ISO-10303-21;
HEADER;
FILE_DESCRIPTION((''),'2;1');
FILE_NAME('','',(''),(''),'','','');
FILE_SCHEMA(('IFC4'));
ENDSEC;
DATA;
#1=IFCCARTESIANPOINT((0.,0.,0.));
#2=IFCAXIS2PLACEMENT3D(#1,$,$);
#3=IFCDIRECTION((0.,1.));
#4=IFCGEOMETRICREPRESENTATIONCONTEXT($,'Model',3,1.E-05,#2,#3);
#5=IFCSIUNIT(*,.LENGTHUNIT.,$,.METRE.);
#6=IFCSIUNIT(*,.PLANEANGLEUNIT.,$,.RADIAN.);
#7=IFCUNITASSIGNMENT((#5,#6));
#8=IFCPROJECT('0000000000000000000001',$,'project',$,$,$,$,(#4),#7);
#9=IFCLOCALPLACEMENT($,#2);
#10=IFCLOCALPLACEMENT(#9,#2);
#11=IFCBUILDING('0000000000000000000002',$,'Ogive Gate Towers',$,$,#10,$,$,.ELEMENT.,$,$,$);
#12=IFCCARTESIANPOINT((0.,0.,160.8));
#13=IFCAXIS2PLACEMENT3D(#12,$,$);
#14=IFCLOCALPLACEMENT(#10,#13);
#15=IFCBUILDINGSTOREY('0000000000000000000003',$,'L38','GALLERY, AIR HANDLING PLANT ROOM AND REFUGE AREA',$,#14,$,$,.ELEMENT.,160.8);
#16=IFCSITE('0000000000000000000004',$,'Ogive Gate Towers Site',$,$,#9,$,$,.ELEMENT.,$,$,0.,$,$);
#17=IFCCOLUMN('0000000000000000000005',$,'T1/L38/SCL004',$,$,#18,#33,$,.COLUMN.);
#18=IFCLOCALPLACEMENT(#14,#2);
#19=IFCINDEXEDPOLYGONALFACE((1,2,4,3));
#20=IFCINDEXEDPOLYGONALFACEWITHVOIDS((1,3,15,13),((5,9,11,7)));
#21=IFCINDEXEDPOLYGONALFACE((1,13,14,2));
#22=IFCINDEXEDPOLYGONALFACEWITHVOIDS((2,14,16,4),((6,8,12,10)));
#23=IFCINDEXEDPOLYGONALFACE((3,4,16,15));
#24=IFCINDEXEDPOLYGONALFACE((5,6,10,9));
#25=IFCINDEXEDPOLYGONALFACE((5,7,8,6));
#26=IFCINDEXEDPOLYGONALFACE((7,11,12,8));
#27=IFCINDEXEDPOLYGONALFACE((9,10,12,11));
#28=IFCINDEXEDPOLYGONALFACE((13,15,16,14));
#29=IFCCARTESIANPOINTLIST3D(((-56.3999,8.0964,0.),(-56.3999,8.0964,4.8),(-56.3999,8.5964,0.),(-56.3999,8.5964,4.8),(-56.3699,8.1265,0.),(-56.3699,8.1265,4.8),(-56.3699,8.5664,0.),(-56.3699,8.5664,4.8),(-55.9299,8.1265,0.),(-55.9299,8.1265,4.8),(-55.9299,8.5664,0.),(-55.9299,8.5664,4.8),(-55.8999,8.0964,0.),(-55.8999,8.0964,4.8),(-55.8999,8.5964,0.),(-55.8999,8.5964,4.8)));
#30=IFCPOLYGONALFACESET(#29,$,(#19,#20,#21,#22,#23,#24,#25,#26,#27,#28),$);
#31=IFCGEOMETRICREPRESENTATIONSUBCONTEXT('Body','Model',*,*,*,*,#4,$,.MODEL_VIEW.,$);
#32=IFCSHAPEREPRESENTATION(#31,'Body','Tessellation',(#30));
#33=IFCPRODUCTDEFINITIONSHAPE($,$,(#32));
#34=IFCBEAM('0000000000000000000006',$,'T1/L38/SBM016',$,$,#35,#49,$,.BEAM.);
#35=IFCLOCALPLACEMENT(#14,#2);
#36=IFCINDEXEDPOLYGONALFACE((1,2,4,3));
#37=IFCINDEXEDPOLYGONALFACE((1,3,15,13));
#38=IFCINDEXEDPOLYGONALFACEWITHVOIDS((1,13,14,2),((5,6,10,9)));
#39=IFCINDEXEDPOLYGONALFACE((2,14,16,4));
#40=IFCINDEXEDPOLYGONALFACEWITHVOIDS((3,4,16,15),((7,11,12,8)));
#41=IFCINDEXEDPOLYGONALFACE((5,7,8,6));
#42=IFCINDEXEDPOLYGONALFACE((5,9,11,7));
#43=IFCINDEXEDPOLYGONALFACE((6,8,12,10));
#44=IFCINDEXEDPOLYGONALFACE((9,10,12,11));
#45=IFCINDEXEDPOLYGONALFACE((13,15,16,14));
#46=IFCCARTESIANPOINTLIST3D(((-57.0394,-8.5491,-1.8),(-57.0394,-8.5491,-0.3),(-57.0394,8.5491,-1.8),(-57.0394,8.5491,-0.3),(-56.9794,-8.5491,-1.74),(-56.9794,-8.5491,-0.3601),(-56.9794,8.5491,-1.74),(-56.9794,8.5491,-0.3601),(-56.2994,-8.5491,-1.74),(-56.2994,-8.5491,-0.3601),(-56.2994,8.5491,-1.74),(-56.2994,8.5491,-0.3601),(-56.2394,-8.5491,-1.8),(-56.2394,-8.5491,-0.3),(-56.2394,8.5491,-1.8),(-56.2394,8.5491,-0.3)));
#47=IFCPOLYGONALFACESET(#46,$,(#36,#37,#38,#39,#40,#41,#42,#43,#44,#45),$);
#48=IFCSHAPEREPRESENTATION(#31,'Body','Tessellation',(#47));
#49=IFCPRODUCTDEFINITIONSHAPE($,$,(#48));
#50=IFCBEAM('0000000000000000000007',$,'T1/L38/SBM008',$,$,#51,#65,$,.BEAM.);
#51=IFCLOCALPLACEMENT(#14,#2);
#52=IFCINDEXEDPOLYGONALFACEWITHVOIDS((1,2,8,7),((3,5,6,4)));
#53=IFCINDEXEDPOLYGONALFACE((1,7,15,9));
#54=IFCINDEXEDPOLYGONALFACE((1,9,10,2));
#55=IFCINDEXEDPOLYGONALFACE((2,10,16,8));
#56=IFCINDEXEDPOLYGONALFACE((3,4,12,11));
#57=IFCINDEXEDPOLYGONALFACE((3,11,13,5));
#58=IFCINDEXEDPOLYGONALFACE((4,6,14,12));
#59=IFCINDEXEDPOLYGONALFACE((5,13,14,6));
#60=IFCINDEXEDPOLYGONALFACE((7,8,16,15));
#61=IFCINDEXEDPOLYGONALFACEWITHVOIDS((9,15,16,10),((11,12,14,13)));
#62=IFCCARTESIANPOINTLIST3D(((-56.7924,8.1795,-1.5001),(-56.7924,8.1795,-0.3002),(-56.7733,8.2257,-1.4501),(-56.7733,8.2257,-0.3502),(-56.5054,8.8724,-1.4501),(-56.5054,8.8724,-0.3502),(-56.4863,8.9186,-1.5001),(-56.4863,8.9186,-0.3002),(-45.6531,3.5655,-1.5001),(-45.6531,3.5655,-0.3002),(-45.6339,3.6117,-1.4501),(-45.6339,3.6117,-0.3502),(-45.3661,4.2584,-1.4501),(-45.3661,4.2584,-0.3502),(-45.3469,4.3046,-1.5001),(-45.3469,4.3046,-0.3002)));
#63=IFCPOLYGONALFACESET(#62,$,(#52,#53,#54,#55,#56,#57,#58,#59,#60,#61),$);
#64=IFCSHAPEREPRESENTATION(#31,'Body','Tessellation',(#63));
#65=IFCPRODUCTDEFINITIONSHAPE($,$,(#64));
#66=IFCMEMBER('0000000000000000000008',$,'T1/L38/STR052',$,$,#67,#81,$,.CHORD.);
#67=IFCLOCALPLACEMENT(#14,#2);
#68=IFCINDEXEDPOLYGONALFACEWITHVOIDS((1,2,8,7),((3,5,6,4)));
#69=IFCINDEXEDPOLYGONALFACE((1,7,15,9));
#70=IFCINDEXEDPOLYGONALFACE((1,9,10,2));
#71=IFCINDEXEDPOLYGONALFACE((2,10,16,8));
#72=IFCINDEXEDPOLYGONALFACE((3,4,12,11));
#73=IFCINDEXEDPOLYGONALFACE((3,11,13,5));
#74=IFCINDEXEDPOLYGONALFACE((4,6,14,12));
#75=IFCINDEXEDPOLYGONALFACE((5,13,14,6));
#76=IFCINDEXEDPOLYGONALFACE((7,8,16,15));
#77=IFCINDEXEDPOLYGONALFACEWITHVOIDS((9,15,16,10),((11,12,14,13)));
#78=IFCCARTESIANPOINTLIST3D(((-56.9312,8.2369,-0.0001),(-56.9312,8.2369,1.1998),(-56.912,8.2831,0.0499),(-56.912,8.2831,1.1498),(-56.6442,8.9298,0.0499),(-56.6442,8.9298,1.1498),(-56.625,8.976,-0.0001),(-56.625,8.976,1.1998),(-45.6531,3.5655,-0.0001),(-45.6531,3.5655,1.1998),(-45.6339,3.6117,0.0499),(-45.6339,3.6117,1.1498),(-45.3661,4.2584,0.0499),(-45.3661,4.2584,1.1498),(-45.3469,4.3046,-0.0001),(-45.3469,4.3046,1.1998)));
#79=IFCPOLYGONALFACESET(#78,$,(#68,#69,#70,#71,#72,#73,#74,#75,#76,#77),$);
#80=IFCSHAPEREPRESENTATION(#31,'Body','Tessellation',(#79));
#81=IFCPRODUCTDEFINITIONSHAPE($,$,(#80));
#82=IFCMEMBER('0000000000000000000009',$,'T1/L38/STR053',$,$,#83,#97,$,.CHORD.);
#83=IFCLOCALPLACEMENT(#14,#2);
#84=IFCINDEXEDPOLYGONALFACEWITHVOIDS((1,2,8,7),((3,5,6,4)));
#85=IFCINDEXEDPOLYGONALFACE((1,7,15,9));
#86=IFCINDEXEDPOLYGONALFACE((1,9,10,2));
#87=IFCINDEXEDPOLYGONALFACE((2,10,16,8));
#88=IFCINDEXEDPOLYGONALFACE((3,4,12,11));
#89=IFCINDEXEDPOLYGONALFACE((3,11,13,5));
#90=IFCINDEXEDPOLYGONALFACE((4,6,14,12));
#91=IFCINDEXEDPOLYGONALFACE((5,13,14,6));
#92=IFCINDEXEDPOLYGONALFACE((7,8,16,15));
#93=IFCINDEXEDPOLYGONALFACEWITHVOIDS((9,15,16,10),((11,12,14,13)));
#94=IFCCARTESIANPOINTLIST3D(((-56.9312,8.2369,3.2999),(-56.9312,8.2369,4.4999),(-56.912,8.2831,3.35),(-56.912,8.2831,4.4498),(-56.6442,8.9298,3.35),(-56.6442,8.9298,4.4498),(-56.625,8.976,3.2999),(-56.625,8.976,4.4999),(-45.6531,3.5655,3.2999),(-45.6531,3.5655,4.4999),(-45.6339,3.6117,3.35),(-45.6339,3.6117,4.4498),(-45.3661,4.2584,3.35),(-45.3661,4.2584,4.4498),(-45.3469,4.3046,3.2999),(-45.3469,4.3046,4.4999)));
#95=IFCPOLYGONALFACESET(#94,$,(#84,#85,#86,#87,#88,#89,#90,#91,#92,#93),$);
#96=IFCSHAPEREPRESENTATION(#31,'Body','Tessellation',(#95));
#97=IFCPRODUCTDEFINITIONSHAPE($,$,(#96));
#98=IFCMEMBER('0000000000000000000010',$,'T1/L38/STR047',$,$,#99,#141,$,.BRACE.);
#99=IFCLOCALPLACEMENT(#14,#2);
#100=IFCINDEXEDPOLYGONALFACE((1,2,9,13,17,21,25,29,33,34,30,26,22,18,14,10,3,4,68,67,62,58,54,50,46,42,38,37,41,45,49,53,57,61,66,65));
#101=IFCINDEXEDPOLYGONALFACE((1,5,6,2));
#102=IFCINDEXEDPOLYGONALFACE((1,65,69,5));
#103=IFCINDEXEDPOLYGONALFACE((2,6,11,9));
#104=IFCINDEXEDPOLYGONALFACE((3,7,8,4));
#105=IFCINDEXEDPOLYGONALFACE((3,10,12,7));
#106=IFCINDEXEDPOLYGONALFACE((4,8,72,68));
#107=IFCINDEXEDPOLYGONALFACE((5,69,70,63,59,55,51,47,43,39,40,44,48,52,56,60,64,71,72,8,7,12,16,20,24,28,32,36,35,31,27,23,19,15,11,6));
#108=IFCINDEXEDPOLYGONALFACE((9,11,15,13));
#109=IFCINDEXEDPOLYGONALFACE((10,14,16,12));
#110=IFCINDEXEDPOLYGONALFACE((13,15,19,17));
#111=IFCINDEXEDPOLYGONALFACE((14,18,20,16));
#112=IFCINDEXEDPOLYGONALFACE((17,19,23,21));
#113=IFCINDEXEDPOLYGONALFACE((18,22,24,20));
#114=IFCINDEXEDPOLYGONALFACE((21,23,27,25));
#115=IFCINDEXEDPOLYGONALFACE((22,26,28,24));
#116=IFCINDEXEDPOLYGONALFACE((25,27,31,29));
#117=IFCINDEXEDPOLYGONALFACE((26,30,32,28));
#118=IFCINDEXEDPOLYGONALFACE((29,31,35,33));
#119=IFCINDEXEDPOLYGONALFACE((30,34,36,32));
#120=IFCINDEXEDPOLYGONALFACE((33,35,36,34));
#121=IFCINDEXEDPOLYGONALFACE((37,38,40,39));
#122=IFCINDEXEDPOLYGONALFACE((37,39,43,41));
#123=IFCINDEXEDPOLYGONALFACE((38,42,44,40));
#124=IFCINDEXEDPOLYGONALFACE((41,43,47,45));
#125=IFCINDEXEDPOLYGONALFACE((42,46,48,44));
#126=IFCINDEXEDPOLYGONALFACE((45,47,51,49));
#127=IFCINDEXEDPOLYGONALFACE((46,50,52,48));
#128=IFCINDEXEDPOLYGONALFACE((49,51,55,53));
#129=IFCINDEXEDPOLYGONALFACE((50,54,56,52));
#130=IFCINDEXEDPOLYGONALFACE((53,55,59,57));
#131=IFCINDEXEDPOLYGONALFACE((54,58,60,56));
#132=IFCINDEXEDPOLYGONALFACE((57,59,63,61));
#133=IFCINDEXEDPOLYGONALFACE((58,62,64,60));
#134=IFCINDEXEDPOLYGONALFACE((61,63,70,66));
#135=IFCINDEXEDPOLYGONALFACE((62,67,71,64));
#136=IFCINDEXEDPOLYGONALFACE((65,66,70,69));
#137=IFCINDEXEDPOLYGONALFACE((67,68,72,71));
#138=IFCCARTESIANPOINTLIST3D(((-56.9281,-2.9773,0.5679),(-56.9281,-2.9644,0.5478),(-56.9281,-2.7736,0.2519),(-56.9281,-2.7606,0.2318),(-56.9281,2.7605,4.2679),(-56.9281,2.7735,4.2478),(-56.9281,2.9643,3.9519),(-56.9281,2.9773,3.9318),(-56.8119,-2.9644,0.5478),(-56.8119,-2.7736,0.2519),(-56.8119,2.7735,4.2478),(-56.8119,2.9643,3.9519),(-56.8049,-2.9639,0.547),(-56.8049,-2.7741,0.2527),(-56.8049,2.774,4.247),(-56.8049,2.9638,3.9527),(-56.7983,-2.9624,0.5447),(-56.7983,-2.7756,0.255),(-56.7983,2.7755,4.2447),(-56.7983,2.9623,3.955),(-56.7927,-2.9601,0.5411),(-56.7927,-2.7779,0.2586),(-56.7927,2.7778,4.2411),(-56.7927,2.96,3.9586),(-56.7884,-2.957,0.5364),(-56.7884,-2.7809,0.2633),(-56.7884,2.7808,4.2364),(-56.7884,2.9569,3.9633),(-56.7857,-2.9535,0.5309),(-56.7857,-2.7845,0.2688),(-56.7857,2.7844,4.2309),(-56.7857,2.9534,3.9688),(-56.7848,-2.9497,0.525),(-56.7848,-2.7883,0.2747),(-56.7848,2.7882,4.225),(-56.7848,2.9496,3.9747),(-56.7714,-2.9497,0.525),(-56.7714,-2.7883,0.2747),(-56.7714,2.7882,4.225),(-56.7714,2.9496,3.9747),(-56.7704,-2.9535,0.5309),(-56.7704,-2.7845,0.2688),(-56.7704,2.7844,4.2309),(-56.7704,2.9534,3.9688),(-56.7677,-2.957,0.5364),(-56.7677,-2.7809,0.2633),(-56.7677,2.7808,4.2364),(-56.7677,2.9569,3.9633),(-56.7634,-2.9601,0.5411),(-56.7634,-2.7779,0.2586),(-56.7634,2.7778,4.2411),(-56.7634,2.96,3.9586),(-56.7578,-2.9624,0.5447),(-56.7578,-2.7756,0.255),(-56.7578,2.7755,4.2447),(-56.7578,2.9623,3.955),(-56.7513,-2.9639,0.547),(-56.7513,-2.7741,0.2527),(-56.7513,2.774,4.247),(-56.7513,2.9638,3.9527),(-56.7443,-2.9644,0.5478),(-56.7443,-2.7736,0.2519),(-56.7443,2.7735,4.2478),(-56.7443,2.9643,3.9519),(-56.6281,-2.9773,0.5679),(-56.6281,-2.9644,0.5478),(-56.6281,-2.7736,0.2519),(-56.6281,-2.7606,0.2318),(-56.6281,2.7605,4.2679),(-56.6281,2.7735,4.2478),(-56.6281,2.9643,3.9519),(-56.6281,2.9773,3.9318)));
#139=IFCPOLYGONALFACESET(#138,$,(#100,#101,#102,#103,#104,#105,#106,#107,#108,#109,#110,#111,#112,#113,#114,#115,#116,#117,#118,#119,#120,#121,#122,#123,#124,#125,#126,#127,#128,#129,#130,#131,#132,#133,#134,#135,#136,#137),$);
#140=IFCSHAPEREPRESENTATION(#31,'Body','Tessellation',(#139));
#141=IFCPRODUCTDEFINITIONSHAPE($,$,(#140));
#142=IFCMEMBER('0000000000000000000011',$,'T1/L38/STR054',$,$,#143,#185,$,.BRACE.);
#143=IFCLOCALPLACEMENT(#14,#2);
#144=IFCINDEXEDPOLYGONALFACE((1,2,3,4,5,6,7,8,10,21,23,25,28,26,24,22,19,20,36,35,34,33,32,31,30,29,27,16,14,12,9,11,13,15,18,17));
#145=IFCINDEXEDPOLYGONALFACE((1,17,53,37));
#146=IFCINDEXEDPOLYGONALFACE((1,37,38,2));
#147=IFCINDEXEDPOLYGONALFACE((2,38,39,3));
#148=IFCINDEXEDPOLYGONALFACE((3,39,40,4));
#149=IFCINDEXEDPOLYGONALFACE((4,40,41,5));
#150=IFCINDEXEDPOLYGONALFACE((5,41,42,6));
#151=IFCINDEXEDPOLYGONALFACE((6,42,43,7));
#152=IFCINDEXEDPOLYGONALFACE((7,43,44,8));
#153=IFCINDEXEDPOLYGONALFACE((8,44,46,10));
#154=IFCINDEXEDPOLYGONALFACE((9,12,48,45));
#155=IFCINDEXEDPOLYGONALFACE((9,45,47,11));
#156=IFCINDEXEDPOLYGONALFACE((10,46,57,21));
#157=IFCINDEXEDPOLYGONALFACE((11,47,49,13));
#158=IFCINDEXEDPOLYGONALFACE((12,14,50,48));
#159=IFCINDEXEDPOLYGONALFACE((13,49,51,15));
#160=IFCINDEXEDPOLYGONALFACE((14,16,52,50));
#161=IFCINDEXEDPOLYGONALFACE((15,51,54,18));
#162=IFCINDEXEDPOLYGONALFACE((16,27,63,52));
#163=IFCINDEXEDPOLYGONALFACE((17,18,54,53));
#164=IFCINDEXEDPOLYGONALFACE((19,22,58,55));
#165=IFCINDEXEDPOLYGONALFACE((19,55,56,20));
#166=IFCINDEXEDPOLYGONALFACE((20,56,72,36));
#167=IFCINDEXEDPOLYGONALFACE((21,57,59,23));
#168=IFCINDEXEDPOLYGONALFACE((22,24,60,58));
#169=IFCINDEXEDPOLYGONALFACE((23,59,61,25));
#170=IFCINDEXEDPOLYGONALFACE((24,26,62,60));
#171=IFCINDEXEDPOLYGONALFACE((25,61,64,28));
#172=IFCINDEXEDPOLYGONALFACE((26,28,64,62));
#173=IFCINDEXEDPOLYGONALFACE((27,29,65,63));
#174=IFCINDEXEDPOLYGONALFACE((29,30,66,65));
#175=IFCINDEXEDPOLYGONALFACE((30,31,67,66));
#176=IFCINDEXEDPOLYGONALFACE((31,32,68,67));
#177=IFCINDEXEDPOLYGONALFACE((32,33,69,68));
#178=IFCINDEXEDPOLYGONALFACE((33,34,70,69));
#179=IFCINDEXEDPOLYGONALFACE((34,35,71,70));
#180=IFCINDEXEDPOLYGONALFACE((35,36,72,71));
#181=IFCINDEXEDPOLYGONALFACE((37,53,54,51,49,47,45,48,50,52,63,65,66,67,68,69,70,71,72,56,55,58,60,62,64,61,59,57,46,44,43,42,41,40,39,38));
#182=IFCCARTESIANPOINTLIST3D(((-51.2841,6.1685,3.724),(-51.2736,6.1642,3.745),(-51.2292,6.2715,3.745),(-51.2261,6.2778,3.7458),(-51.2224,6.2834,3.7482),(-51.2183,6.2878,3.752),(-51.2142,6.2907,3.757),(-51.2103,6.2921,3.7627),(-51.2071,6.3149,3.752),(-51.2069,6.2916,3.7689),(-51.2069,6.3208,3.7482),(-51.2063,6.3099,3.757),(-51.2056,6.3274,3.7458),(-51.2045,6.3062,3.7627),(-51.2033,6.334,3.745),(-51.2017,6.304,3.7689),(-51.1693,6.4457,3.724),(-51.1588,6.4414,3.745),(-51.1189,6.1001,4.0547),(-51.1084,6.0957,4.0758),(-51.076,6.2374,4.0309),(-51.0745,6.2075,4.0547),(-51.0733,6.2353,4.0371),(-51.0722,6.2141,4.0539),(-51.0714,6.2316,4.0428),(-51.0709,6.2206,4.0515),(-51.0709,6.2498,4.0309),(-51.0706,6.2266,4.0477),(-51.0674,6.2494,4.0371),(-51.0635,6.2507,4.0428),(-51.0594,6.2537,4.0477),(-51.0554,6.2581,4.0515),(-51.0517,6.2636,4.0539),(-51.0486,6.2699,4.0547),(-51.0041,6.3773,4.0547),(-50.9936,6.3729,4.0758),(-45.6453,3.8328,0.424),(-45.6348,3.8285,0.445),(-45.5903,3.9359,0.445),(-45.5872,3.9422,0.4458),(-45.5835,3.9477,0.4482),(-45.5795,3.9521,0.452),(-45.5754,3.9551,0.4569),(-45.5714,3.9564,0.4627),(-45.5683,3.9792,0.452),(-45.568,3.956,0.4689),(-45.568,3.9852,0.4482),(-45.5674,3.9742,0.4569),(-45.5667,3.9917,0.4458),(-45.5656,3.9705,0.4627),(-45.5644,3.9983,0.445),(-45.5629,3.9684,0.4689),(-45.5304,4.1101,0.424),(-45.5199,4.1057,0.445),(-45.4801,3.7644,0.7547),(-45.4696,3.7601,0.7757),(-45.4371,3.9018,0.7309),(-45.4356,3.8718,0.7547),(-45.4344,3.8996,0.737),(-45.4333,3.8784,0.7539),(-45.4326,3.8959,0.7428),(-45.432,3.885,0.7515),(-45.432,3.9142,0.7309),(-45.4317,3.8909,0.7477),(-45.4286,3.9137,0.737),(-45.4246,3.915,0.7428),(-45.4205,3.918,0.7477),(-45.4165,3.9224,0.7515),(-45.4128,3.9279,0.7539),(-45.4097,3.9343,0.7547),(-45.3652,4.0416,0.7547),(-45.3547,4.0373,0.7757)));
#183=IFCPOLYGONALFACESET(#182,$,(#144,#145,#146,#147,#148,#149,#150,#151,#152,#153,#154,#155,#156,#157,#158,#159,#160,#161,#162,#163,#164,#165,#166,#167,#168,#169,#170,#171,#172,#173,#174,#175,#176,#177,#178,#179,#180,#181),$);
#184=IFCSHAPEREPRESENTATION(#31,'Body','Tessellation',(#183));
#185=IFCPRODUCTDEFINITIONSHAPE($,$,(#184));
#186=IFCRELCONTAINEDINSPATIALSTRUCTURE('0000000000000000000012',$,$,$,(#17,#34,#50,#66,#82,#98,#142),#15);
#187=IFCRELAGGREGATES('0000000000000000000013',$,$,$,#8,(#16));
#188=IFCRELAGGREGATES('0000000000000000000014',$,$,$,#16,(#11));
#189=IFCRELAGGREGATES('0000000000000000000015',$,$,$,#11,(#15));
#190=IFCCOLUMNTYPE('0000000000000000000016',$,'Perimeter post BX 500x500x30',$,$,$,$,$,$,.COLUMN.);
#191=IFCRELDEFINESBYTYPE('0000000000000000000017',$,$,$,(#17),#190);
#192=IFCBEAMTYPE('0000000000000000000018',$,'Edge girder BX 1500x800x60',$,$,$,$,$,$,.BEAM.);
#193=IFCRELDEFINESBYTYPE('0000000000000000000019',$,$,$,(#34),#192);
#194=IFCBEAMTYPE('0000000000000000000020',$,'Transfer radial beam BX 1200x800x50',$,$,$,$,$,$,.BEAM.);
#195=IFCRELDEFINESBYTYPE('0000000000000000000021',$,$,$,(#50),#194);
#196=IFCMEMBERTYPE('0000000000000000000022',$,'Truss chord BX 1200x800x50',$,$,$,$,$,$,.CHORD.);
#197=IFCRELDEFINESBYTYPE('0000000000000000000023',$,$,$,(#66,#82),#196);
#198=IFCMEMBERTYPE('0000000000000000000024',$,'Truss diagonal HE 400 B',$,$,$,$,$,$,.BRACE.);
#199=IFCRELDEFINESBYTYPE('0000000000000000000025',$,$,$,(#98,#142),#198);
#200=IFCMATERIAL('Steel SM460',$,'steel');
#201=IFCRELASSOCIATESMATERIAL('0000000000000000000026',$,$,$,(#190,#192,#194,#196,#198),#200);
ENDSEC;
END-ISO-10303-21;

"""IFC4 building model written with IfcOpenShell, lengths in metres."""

from ifc_helpers import new_model, si_unit, direction, frame, origin, origin_2d, place, context, subcontext, project, spatial, hollow_rectangle, i_section, extrude, material, material_profile, profile_set, type_object, element, save


model = new_model("IFC4")

# Units and contexts
model_context = context("Model", 3, precision=1e-05, world=origin(), true_north=direction((0.0, 1.0)))
body_context = subcontext(model_context, "Body", "Model", "MODEL_VIEW")
ifc_project = project(units=[si_unit("LENGTHUNIT", "METRE"), si_unit("PLANEANGLEUNIT", "RADIAN")], contexts=[model_context])

# Site, building, storey
site_placement = place(None, origin())
site = spatial("IfcSite", under=ifc_project, at=site_placement, Name="Ogive Gate Towers Site", CompositionType="ELEMENT", RefElevation=0.0)
building_placement = place(site_placement, origin())
building = spatial("IfcBuilding", under=site, at=building_placement, Name="Ogive Gate Towers", CompositionType="ELEMENT")
storey_placement = place(building_placement, frame((0.0, 0.0, 160.8)))
storey = spatial("IfcBuildingStorey", under=building, at=storey_placement, Name="L38", Description="GALLERY, AIR HANDLING PLANT ROOM AND REFUGE AREA", CompositionType="ELEMENT", Elevation=160.8)

# Column
ifc_material_1 = material(Name="Steel SM460", Category="steel")
ifc_material_profile_1 = material_profile(ifc_material_1, hollow_rectangle(XDim=0.5, YDim=0.5, WallThickness=0.03, at=origin_2d()), Name="BX 500x500x30")
ifc_profile_set_1 = profile_set([ifc_material_profile_1], Name="Steel SM460")
column_type = type_object("IfcColumnType", Name="Perimeter post BX 500x500x30", PredefinedType="COLUMN", material=ifc_profile_set_1)
column_placement = place(storey_placement, frame((-56.1499, 8.3464, 0.0), z_axis=(0.0, 0.0, 1.0), x_axis=(1.0, 0.0, 0.0)))
element("IfcColumn", 1, at=column_placement, inside=storey, type_object=column_type, Name="T1/L38/SCL004", PredefinedType="COLUMN", context=body_context, shape_type="SweptSolid", body=[
    extrude(hollow_rectangle(XDim=0.5, YDim=0.5, WallThickness=0.03, at=origin_2d()), origin(), (0.0, 0.0, 1.0), 4.8),
])

# Beams
ifc_material_profile_2 = material_profile(ifc_material_1, hollow_rectangle(XDim=0.8, YDim=1.5, WallThickness=0.0601, at=origin_2d()), Name="BX 1500x800x60")
ifc_profile_set_2 = profile_set([ifc_material_profile_2], Name="Steel SM460")
beam_type_1 = type_object("IfcBeamType", Name="Edge girder BX 1500x800x60", PredefinedType="BEAM", material=ifc_profile_set_2)
beam_1_placement = place(storey_placement, frame((-56.6394, 8.5491, -1.05), z_axis=(0.0, -1.0, 0.0), x_axis=(1.0, 0.0, 0.0)))
element("IfcBeam", 2, at=beam_1_placement, inside=storey, type_object=beam_type_1, Name="T1/L38/SBM016", PredefinedType="BEAM", context=body_context, shape_type="SweptSolid", body=[
    extrude(hollow_rectangle(XDim=0.8, YDim=1.5, WallThickness=0.0601, at=origin_2d()), origin(), (0.0, 0.0, 1.0), 17.0981),
])
ifc_material_profile_3 = material_profile(ifc_material_1, hollow_rectangle(XDim=0.8, YDim=1.2, WallThickness=0.05, at=origin_2d()), Name="BX 1200x800x50")
ifc_profile_set_3 = profile_set([ifc_material_profile_3], Name="Steel SM460")
beam_type_2 = type_object("IfcBeamType", Name="Transfer radial beam BX 1200x800x50", PredefinedType="BEAM", material=ifc_profile_set_3)
beam_2_placement = place(storey_placement, frame((-45.5, 3.9351, -0.9001), z_axis=(-0.923882, 0.382678, 0.0), x_axis=(-0.382678, -0.923882, 0.0)))
element("IfcBeam", 3, at=beam_2_placement, inside=storey, type_object=beam_type_2, Name="T1/L38/SBM008", PredefinedType="BEAM", context=body_context, shape_type="SweptSolid", body=[
    extrude(hollow_rectangle(XDim=0.8, YDim=1.2, WallThickness=0.05, at=origin_2d()), origin(), (0.0, 0.0, 1.0), 12.0571),
])

# Members
ifc_material_profile_4 = material_profile(ifc_material_1, hollow_rectangle(XDim=0.8, YDim=1.2, WallThickness=0.05, at=origin_2d()), Name="BX 1200x800x50")
ifc_profile_set_4 = profile_set([ifc_material_profile_4], Name="Steel SM460")
member_type_1 = type_object("IfcMemberType", Name="Truss chord BX 1200x800x50", PredefinedType="CHORD", material=ifc_profile_set_4)
for number, where, z_axis, x_axis, name in (
    (4, (-45.5, 3.9351, 0.5999), (-0.923884, 0.382673, 0.0), (-0.382673, -0.923884, 0.0), "T1/L38/STR052"),
    (5, (-45.5, 3.9351, 3.8999), (-0.923884, 0.382673, 0.0), (-0.382673, -0.923884, 0.0), "T1/L38/STR053"),
):
    element("IfcMember", number, at=place(storey_placement, frame(where, z_axis=z_axis, x_axis=x_axis)), inside=storey, type_object=member_type_1, Name=name, PredefinedType="CHORD", context=body_context, shape_type="SweptSolid", body=[
        extrude(hollow_rectangle(XDim=0.8, YDim=1.2, WallThickness=0.05, at=origin_2d()), origin(), (0.0, 0.0, 1.0), 12.2073),
    ])
ifc_material_profile_5 = material_profile(ifc_material_1, i_section(OverallWidth=0.3, OverallDepth=0.3999, WebThickness=0.0134, FlangeThickness=0.0239, FilletRadius=0.0271, at=origin_2d()), Name="HE 400 B")
ifc_profile_set_5 = profile_set([ifc_material_profile_5], Name="Steel SM460")
member_type_2 = type_object("IfcMemberType", Name="Truss diagonal HE 400 B", PredefinedType="BRACE", material=ifc_profile_set_5)
member_1_placement = place(storey_placement, frame((-56.7781, 2.8689, 4.0999), z_axis=(0.0, -0.84042, -0.541935), x_axis=(1.0, 0.0, 0.0)))
element("IfcMember", 6, at=member_1_placement, inside=storey, type_object=member_type_2, Name="T1/L38/STR047", PredefinedType="BRACE", context=body_context, shape_type="SweptSolid", body=[
    extrude(i_section(OverallWidth=0.3, OverallDepth=0.3999, WebThickness=0.0134, FlangeThickness=0.0239, FilletRadius=0.0271, at=origin_2d()), origin(), (0.0, 0.0, 1.0), 6.8274),
])
member_2_placement = place(storey_placement, frame((-45.5, 3.9351, 0.5999), z_axis=(-0.812696, 0.336627, 0.475612), x_axis=(-0.38268, -0.923881, 0.0)))
element("IfcMember", 7, at=member_2_placement, inside=storey, type_object=member_type_2, Name="T1/L38/STR054", PredefinedType="BRACE", context=body_context, shape_type="SweptSolid", body=[
    extrude(i_section(OverallWidth=0.3, OverallDepth=0.3999, WebThickness=0.0134, FlangeThickness=0.0239, FilletRadius=0.0271, at=origin_2d()), origin(), (0.0, 0.0, 1.0), 6.9385),
])

save(model, "model.ifc")
